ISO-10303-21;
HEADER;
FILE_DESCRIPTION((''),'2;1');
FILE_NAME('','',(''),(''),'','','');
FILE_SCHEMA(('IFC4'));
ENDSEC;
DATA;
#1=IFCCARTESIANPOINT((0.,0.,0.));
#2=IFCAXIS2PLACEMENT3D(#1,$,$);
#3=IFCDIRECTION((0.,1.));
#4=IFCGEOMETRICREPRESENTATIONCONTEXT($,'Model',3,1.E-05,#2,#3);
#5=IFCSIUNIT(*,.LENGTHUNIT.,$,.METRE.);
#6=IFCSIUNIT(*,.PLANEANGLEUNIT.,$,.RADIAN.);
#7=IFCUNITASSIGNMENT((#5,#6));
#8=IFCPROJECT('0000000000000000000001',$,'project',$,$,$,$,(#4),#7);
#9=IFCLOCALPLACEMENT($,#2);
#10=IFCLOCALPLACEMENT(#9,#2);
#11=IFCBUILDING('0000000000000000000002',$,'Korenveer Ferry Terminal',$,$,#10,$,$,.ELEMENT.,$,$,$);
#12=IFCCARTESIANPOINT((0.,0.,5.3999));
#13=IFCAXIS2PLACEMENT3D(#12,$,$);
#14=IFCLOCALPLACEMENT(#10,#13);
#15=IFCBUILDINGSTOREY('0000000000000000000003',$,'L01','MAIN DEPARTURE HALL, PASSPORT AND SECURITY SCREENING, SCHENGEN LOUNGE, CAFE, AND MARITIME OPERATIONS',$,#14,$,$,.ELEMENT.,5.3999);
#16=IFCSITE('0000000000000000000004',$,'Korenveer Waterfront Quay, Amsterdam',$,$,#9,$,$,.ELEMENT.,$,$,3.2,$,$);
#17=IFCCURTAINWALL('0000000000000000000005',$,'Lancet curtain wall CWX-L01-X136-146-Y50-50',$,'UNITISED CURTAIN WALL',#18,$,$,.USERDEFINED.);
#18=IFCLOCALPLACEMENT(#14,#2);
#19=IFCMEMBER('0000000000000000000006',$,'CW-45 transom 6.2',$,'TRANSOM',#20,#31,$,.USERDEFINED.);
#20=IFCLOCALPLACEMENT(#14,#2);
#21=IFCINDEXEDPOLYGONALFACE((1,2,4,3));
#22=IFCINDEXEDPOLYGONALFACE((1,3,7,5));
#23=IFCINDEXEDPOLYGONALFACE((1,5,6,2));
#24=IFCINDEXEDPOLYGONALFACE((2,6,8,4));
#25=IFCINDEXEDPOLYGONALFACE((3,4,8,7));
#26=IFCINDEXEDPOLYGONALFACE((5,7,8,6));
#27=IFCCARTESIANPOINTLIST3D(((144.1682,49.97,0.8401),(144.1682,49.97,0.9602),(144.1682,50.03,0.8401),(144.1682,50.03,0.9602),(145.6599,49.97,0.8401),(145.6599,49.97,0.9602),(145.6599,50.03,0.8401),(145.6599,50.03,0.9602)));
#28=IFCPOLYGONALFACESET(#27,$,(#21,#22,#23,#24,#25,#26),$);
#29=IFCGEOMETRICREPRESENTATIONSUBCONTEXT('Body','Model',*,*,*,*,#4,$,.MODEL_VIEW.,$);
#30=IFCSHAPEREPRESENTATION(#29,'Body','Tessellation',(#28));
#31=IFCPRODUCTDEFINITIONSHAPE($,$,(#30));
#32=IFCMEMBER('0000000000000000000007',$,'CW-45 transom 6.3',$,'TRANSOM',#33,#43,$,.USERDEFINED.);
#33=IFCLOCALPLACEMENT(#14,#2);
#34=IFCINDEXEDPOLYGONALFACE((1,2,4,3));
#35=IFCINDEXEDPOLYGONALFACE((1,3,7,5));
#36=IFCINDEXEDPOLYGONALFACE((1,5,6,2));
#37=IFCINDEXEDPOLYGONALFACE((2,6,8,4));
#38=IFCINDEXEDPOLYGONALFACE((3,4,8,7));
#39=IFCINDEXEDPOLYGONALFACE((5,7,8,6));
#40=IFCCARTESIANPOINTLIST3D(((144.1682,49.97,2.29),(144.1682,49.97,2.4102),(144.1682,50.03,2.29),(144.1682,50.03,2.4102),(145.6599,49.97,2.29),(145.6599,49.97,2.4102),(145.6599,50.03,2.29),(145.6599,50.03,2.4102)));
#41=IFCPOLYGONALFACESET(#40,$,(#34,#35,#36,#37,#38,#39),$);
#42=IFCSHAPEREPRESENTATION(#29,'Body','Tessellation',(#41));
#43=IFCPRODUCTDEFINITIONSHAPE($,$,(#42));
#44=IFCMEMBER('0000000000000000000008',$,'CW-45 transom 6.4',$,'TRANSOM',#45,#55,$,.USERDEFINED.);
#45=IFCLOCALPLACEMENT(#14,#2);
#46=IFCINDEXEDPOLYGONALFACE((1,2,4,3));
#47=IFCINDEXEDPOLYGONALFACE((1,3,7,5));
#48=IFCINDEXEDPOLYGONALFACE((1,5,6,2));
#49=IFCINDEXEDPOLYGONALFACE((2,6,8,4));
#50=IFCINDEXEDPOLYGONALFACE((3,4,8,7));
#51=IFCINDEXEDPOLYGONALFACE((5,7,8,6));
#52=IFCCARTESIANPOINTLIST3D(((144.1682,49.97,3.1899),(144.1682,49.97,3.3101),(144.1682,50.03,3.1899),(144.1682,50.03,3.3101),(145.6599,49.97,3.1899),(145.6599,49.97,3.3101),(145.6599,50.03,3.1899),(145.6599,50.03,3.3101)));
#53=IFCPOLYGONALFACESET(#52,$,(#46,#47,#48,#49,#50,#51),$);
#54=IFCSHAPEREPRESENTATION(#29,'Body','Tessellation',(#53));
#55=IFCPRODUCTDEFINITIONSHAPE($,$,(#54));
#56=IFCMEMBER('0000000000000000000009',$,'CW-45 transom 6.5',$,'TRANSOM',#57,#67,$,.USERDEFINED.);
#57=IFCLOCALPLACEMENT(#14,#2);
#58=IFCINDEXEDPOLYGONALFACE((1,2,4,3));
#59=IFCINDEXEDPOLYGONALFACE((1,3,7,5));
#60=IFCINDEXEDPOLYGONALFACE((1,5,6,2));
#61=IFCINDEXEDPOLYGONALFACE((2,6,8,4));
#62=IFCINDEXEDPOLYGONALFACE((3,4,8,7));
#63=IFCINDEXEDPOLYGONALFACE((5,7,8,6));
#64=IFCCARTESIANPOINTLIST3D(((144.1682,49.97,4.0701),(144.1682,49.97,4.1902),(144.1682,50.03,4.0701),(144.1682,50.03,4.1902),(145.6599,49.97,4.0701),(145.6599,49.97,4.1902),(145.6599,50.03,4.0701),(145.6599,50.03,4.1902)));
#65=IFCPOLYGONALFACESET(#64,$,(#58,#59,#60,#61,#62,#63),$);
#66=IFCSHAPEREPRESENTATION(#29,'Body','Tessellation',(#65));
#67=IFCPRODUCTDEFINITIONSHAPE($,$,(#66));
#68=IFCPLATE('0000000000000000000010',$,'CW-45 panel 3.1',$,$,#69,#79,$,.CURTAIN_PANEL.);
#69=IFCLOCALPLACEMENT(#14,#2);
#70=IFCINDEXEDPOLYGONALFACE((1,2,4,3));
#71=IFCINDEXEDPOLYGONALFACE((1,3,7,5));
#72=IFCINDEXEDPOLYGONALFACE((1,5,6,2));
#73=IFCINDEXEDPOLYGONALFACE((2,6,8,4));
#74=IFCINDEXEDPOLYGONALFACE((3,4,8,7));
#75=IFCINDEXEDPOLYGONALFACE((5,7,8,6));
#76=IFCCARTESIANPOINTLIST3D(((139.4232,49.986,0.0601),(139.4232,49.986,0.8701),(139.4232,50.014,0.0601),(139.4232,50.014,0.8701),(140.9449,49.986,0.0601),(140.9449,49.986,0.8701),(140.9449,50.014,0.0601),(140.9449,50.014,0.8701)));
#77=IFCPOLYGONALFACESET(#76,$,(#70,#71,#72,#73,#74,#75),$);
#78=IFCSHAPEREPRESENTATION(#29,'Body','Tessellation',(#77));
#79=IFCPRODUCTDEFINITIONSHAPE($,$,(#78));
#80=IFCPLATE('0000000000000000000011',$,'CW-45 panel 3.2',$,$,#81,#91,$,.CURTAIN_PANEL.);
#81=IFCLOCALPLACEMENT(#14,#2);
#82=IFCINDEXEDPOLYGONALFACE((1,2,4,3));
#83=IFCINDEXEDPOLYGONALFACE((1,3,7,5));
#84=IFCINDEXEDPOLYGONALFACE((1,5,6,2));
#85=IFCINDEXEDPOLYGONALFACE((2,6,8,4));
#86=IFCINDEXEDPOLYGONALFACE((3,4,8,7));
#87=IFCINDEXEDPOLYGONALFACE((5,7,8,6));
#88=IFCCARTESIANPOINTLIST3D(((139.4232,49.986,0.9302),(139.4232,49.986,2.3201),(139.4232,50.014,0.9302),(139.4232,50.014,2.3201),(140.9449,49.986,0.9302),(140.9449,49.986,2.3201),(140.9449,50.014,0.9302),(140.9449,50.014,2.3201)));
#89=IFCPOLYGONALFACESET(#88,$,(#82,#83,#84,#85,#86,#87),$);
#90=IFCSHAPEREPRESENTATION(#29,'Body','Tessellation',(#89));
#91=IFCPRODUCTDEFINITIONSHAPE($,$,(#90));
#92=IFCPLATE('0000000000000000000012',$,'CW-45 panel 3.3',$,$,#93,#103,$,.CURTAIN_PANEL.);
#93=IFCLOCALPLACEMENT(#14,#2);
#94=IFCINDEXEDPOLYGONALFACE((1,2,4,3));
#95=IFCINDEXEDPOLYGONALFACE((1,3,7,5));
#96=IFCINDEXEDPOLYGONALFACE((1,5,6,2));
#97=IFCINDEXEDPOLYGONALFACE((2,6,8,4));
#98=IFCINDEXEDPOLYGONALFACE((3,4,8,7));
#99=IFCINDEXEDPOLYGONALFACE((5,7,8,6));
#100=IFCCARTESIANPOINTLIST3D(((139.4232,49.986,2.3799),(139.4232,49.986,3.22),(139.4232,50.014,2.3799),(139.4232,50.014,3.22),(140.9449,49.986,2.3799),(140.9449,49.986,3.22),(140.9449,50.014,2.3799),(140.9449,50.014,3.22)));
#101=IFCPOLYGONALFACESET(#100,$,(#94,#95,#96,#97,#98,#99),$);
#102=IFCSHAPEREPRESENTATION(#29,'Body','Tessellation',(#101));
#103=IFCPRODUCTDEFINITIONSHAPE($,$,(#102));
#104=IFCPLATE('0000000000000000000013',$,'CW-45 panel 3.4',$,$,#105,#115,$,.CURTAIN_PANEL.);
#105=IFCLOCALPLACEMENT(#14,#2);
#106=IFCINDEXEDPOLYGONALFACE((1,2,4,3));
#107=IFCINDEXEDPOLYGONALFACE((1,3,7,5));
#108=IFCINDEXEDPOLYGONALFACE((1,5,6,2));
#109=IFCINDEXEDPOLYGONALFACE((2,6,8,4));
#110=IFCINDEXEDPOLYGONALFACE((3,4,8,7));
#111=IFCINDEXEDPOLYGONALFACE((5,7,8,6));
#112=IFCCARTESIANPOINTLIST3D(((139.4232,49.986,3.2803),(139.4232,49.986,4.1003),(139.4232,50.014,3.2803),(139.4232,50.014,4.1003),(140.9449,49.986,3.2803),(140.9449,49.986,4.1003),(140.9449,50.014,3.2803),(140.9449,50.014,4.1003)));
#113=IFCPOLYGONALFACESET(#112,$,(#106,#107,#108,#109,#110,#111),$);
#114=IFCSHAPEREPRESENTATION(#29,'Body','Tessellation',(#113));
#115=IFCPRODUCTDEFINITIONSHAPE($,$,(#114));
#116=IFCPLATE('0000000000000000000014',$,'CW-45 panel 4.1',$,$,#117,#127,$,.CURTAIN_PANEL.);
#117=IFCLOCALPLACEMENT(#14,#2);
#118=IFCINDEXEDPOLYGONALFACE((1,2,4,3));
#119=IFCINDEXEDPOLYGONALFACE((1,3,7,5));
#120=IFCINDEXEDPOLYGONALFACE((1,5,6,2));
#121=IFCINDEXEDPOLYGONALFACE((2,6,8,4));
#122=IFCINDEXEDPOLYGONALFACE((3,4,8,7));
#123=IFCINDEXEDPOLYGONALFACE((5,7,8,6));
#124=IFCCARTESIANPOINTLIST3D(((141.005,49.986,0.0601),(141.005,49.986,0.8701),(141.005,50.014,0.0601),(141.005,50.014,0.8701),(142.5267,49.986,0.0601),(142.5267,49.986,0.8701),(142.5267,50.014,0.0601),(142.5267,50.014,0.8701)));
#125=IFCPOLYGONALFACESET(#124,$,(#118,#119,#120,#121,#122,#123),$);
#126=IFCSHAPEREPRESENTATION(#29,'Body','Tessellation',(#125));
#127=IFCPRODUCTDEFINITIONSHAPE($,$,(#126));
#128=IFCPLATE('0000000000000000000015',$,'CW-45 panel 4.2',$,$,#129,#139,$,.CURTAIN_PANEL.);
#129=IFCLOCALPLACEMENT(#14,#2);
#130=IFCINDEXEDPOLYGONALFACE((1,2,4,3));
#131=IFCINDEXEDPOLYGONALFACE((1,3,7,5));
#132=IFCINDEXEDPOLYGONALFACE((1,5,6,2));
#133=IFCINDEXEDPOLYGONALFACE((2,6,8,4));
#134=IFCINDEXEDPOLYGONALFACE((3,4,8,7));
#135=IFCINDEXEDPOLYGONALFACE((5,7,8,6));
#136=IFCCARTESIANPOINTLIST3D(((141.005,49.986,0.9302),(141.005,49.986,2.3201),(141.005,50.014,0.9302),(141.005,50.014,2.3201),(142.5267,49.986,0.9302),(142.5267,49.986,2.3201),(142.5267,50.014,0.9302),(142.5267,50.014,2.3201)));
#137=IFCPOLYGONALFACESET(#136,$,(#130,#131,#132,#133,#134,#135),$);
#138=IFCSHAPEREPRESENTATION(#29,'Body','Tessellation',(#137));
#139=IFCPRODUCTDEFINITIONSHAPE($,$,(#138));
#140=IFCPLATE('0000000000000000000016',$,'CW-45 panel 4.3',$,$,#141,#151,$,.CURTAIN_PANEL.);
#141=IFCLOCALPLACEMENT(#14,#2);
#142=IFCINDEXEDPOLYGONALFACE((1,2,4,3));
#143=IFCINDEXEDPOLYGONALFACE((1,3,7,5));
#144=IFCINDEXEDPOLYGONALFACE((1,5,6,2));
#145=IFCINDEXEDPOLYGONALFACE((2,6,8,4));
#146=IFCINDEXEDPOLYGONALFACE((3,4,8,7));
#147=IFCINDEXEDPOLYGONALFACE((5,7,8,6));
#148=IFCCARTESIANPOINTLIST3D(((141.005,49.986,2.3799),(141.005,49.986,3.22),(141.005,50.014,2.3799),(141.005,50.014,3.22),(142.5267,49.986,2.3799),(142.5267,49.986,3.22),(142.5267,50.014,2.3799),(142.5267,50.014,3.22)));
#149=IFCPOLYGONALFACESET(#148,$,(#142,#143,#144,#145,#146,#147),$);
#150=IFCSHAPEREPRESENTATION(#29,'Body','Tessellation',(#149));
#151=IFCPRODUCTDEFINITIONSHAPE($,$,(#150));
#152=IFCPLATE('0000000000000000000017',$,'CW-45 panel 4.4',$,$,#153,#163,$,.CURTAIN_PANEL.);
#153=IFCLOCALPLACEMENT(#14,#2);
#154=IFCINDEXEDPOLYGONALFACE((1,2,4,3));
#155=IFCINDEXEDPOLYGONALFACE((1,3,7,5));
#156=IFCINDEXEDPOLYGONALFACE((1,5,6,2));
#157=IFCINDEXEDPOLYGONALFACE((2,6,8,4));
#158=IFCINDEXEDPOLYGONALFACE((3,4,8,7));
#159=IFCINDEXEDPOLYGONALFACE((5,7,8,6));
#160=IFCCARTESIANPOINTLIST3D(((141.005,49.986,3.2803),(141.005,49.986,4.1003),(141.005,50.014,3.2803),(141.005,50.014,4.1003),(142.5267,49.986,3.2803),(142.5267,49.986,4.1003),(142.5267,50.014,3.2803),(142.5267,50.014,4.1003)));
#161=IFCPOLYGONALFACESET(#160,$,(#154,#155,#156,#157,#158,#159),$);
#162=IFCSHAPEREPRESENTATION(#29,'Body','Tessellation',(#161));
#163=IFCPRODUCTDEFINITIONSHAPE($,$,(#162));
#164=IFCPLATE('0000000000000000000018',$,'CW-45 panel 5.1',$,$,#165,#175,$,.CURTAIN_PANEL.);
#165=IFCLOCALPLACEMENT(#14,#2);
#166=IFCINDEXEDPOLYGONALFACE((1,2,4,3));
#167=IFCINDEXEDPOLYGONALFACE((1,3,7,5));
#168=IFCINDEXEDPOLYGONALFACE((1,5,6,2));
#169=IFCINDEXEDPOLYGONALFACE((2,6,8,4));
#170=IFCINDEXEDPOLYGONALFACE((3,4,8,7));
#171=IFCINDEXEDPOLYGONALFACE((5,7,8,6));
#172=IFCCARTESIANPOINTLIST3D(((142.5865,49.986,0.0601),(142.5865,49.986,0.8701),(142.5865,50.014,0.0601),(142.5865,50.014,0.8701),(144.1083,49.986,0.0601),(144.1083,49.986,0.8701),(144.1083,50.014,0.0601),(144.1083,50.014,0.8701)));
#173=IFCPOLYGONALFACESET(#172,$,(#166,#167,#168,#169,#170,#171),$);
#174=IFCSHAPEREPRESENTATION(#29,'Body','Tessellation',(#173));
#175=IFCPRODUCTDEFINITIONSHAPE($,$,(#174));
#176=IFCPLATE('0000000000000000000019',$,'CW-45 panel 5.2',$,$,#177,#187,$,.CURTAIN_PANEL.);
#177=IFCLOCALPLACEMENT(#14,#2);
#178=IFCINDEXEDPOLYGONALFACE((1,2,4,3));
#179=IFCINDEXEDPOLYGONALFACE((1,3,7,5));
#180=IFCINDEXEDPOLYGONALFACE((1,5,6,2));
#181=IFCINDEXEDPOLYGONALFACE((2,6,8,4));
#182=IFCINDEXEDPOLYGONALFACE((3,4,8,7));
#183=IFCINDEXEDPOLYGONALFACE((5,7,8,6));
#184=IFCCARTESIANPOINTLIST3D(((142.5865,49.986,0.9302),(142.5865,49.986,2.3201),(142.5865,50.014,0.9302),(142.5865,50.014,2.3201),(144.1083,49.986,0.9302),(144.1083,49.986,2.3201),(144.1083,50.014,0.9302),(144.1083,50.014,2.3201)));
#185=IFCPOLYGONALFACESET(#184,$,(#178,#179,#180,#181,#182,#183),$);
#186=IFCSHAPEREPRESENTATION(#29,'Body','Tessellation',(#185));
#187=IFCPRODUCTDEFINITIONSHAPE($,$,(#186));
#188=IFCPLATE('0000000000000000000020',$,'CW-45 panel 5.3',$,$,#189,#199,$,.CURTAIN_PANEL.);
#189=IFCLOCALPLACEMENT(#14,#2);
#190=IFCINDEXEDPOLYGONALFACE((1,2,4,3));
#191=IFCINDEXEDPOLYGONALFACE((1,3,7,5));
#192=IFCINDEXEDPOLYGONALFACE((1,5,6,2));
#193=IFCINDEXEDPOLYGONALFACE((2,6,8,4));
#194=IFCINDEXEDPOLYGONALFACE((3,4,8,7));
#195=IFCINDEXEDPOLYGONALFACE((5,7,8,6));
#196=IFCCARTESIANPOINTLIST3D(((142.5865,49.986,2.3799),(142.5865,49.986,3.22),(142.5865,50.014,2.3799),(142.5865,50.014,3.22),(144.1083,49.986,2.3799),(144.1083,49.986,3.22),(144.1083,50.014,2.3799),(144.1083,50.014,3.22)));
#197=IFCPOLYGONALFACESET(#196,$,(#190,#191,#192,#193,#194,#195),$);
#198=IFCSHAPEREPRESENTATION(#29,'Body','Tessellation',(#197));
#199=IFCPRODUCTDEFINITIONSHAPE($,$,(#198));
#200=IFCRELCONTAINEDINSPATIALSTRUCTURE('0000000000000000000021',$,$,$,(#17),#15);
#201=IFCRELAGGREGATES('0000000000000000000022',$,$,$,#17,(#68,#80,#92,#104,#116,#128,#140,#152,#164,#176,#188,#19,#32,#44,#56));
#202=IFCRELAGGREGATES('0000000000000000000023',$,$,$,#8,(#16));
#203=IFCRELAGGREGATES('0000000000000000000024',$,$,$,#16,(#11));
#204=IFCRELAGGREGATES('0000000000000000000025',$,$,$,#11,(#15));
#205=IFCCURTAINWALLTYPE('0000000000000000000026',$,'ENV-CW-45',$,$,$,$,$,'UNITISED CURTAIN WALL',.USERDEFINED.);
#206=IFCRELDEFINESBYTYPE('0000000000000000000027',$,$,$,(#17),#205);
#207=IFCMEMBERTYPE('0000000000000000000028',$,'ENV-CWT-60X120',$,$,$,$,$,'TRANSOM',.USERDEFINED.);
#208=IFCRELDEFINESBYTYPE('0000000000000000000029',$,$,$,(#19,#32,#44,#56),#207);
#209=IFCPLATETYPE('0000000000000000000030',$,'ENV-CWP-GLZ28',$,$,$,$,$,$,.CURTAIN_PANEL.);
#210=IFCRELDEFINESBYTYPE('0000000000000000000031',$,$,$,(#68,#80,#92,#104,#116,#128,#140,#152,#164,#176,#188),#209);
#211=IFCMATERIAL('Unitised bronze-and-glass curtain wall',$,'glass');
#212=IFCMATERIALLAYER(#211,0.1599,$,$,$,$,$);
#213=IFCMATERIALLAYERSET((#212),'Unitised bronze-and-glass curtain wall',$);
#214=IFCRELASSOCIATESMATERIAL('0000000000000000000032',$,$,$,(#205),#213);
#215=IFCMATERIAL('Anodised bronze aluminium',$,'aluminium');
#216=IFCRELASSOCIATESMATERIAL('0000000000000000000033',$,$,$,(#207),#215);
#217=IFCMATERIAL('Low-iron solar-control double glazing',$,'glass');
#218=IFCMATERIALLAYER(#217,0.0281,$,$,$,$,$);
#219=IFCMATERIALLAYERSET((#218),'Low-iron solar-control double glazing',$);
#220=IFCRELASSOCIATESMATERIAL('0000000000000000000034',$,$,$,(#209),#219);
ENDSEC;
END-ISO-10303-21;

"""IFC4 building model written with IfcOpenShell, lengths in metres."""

from ifc_helpers import new_model, si_unit, direction, frame, origin, origin_2d, place, context, subcontext, project, spatial, rectangle, extrude, material, layer, layer_set, material_profile, profile_set, type_object, element, aggregate, save


model = new_model("IFC4")

# Units and contexts
model_context = context("Model", 3, precision=1e-05, world=origin(), true_north=direction((0.0, 1.0)))
body_context = subcontext(model_context, "Body", "Model", "MODEL_VIEW")
ifc_project = project(units=[si_unit("LENGTHUNIT", "METRE"), si_unit("PLANEANGLEUNIT", "RADIAN")], contexts=[model_context])

# Site, building, storey
site_placement = place(None, origin())
site = spatial("IfcSite", under=ifc_project, at=site_placement, Name="Korenveer Waterfront Quay, Amsterdam", CompositionType="ELEMENT", RefElevation=3.2)
building_placement = place(site_placement, origin())
building = spatial("IfcBuilding", under=site, at=building_placement, Name="Korenveer Ferry Terminal", CompositionType="ELEMENT")
storey_placement = place(building_placement, frame((0.0, 0.0, 5.3999)))
storey = spatial("IfcBuildingStorey", under=building, at=storey_placement, Name="L01", Description="MAIN DEPARTURE HALL, PASSPORT AND SECURITY SCREENING, SCHENGEN LOUNGE, CAFE, AND MARITIME OPERATIONS", CompositionType="ELEMENT", Elevation=5.3999)

# Curtain wall, members, plates
ifc_material_1 = material(Name="Unitised bronze-and-glass curtain wall", Category="glass")
ifc_layer_1 = layer(ifc_material_1, 0.1599)
ifc_layer_set_1 = layer_set([ifc_layer_1], Name="Unitised bronze-and-glass curtain wall")
curtain_wall_type = type_object("IfcCurtainWallType", Name="ENV-CW-45", ElementType="UNITISED CURTAIN WALL", PredefinedType="USERDEFINED", material=ifc_layer_set_1)
curtain_wall_placement = place(storey_placement, frame((136.23, 50.0, 0.0)))
curtain_wall = element("IfcCurtainWall", 1, at=curtain_wall_placement, inside=storey, type_object=curtain_wall_type, Name="Lancet curtain wall CWX-L01-X136-146-Y50-50", ObjectType="UNITISED CURTAIN WALL", PredefinedType="USERDEFINED")
ifc_material_2 = material(Name="Anodised bronze aluminium", Category="aluminium")
ifc_material_profile_1 = material_profile(ifc_material_2, rectangle(XDim=0.0601, YDim=0.1201, at=origin_2d()), Name="ALU 60x120")
ifc_profile_set_1 = profile_set([ifc_material_profile_1], Name="Anodised bronze aluminium")
member_type_1 = type_object("IfcMemberType", Name="ENV-CWT-60X120", ElementType="TRANSOM", PredefinedType="USERDEFINED", material=ifc_profile_set_1)
member_1_placement = place(storey_placement, frame((144.1682, 50.0, 0.9001), z_axis=(1.0, 0.0, 0.0), x_axis=(0.0, 1.0, 0.0)))
member_1 = element("IfcMember", 2, at=member_1_placement, type_object=member_type_1, Name="CW-45 transom 6.2", ObjectType="TRANSOM", PredefinedType="USERDEFINED", context=body_context, shape_type="SweptSolid", body=[
    extrude(rectangle(XDim=0.0601, YDim=0.1201, at=origin_2d()), origin(), (0.0, 0.0, 1.0), 1.4917),
])
member_2_placement = place(storey_placement, frame((144.1682, 50.0, 2.3501), z_axis=(1.0, 0.0, 0.0), x_axis=(0.0, 1.0, 0.0)))
member_2 = element("IfcMember", 3, at=member_2_placement, type_object=member_type_1, Name="CW-45 transom 6.3", ObjectType="TRANSOM", PredefinedType="USERDEFINED", context=body_context, shape_type="SweptSolid", body=[
    extrude(rectangle(XDim=0.0601, YDim=0.1201, at=origin_2d()), origin(), (0.0, 0.0, 1.0), 1.4917),
])
member_3_placement = place(storey_placement, frame((144.1682, 50.0, 3.25), z_axis=(1.0, 0.0, 0.0), x_axis=(0.0, 1.0, 0.0)))
member_3 = element("IfcMember", 4, at=member_3_placement, type_object=member_type_1, Name="CW-45 transom 6.4", ObjectType="TRANSOM", PredefinedType="USERDEFINED", context=body_context, shape_type="SweptSolid", body=[
    extrude(rectangle(XDim=0.0601, YDim=0.1201, at=origin_2d()), origin(), (0.0, 0.0, 1.0), 1.4917),
])
member_4_placement = place(storey_placement, frame((144.1682, 50.0, 4.1301), z_axis=(1.0, 0.0, 0.0), x_axis=(0.0, 1.0, 0.0)))
member_4 = element("IfcMember", 5, at=member_4_placement, type_object=member_type_1, Name="CW-45 transom 6.5", ObjectType="TRANSOM", PredefinedType="USERDEFINED", context=body_context, shape_type="SweptSolid", body=[
    extrude(rectangle(XDim=0.0601, YDim=0.1201, at=origin_2d()), origin(), (0.0, 0.0, 1.0), 1.4917),
])
ifc_material_3 = material(Name="Low-iron solar-control double glazing", Category="glass")
ifc_layer_2 = layer(ifc_material_3, 0.0281)
ifc_layer_set_2 = layer_set([ifc_layer_2], Name="Low-iron solar-control double glazing")
plate_type = type_object("IfcPlateType", Name="ENV-CWP-GLZ28", PredefinedType="CURTAIN_PANEL", material=ifc_layer_set_2)
plate_1_placement = place(storey_placement, frame((140.1841, 50.0, 0.0601), z_axis=(0.0, 0.0, 1.0), x_axis=(1.0, 0.0, 0.0)))
plate_1 = element("IfcPlate", 6, at=plate_1_placement, type_object=plate_type, Name="CW-45 panel 3.1", PredefinedType="CURTAIN_PANEL", context=body_context, shape_type="SweptSolid", body=[
    extrude(rectangle(XDim=1.5217, YDim=0.0281, at=origin_2d()), origin(), (0.0, 0.0, 1.0), 0.8101),
])
plate_2_placement = place(storey_placement, frame((140.1841, 50.0, 0.9302), z_axis=(0.0, 0.0, 1.0), x_axis=(1.0, 0.0, 0.0)))
plate_2 = element("IfcPlate", 7, at=plate_2_placement, type_object=plate_type, Name="CW-45 panel 3.2", PredefinedType="CURTAIN_PANEL", context=body_context, shape_type="SweptSolid", body=[
    extrude(rectangle(XDim=1.5217, YDim=0.0281, at=origin_2d()), origin(), (0.0, 0.0, 1.0), 1.3899),
])
plate_3_placement = place(storey_placement, frame((140.1841, 50.0, 2.3799), z_axis=(0.0, 0.0, 1.0), x_axis=(1.0, 0.0, 0.0)))
plate_3 = element("IfcPlate", 8, at=plate_3_placement, type_object=plate_type, Name="CW-45 panel 3.3", PredefinedType="CURTAIN_PANEL", context=body_context, shape_type="SweptSolid", body=[
    extrude(rectangle(XDim=1.5217, YDim=0.0281, at=origin_2d()), origin(), (0.0, 0.0, 1.0), 0.8401),
])
plate_4_placement = place(storey_placement, frame((140.1841, 50.0, 3.2803), z_axis=(0.0, 0.0, 1.0), x_axis=(1.0, 0.0, 0.0)))
plate_4 = element("IfcPlate", 9, at=plate_4_placement, type_object=plate_type, Name="CW-45 panel 3.4", PredefinedType="CURTAIN_PANEL", context=body_context, shape_type="SweptSolid", body=[
    extrude(rectangle(XDim=1.5217, YDim=0.0281, at=origin_2d()), origin(), (0.0, 0.0, 1.0), 0.8201),
])
plate_5_placement = place(storey_placement, frame((141.7659, 50.0, 0.0601), z_axis=(0.0, 0.0, 1.0), x_axis=(1.0, 0.0, 0.0)))
plate_5 = element("IfcPlate", 10, at=plate_5_placement, type_object=plate_type, Name="CW-45 panel 4.1", PredefinedType="CURTAIN_PANEL", context=body_context, shape_type="SweptSolid", body=[
    extrude(rectangle(XDim=1.5217, YDim=0.0281, at=origin_2d()), origin(), (0.0, 0.0, 1.0), 0.8101),
])
plate_6_placement = place(storey_placement, frame((141.7659, 50.0, 0.9302), z_axis=(0.0, 0.0, 1.0), x_axis=(1.0, 0.0, 0.0)))
plate_6 = element("IfcPlate", 11, at=plate_6_placement, type_object=plate_type, Name="CW-45 panel 4.2", PredefinedType="CURTAIN_PANEL", context=body_context, shape_type="SweptSolid", body=[
    extrude(rectangle(XDim=1.5217, YDim=0.0281, at=origin_2d()), origin(), (0.0, 0.0, 1.0), 1.3899),
])
plate_7_placement = place(storey_placement, frame((141.7659, 50.0, 2.3799), z_axis=(0.0, 0.0, 1.0), x_axis=(1.0, 0.0, 0.0)))
plate_7 = element("IfcPlate", 12, at=plate_7_placement, type_object=plate_type, Name="CW-45 panel 4.3", PredefinedType="CURTAIN_PANEL", context=body_context, shape_type="SweptSolid", body=[
    extrude(rectangle(XDim=1.5217, YDim=0.0281, at=origin_2d()), origin(), (0.0, 0.0, 1.0), 0.8401),
])
plate_8_placement = place(storey_placement, frame((141.7659, 50.0, 3.2803), z_axis=(0.0, 0.0, 1.0), x_axis=(1.0, 0.0, 0.0)))
plate_8 = element("IfcPlate", 13, at=plate_8_placement, type_object=plate_type, Name="CW-45 panel 4.4", PredefinedType="CURTAIN_PANEL", context=body_context, shape_type="SweptSolid", body=[
    extrude(rectangle(XDim=1.5217, YDim=0.0281, at=origin_2d()), origin(), (0.0, 0.0, 1.0), 0.8201),
])
plate_9_placement = place(storey_placement, frame((143.3474, 50.0, 0.0601), z_axis=(0.0, 0.0, 1.0), x_axis=(1.0, 0.0, 0.0)))
plate_9 = element("IfcPlate", 14, at=plate_9_placement, type_object=plate_type, Name="CW-45 panel 5.1", PredefinedType="CURTAIN_PANEL", context=body_context, shape_type="SweptSolid", body=[
    extrude(rectangle(XDim=1.5217, YDim=0.0281, at=origin_2d()), origin(), (0.0, 0.0, 1.0), 0.8101),
])
plate_10_placement = place(storey_placement, frame((143.3474, 50.0, 0.9302), z_axis=(0.0, 0.0, 1.0), x_axis=(1.0, 0.0, 0.0)))
plate_10 = element("IfcPlate", 15, at=plate_10_placement, type_object=plate_type, Name="CW-45 panel 5.2", PredefinedType="CURTAIN_PANEL", context=body_context, shape_type="SweptSolid", body=[
    extrude(rectangle(XDim=1.5217, YDim=0.0281, at=origin_2d()), origin(), (0.0, 0.0, 1.0), 1.3899),
])
plate_11_placement = place(storey_placement, frame((143.3474, 50.0, 2.3799), z_axis=(0.0, 0.0, 1.0), x_axis=(1.0, 0.0, 0.0)))
plate_11 = element("IfcPlate", 16, at=plate_11_placement, type_object=plate_type, Name="CW-45 panel 5.3", PredefinedType="CURTAIN_PANEL", context=body_context, shape_type="SweptSolid", body=[
    extrude(rectangle(XDim=1.5217, YDim=0.0281, at=origin_2d()), origin(), (0.0, 0.0, 1.0), 0.8401),
])
aggregate(curtain_wall, [plate_1, plate_2, plate_3, plate_4, plate_5, plate_6, plate_7, plate_8, plate_9, plate_10, plate_11, member_1, member_2, member_3, member_4])

save(model, "model.ifc")
